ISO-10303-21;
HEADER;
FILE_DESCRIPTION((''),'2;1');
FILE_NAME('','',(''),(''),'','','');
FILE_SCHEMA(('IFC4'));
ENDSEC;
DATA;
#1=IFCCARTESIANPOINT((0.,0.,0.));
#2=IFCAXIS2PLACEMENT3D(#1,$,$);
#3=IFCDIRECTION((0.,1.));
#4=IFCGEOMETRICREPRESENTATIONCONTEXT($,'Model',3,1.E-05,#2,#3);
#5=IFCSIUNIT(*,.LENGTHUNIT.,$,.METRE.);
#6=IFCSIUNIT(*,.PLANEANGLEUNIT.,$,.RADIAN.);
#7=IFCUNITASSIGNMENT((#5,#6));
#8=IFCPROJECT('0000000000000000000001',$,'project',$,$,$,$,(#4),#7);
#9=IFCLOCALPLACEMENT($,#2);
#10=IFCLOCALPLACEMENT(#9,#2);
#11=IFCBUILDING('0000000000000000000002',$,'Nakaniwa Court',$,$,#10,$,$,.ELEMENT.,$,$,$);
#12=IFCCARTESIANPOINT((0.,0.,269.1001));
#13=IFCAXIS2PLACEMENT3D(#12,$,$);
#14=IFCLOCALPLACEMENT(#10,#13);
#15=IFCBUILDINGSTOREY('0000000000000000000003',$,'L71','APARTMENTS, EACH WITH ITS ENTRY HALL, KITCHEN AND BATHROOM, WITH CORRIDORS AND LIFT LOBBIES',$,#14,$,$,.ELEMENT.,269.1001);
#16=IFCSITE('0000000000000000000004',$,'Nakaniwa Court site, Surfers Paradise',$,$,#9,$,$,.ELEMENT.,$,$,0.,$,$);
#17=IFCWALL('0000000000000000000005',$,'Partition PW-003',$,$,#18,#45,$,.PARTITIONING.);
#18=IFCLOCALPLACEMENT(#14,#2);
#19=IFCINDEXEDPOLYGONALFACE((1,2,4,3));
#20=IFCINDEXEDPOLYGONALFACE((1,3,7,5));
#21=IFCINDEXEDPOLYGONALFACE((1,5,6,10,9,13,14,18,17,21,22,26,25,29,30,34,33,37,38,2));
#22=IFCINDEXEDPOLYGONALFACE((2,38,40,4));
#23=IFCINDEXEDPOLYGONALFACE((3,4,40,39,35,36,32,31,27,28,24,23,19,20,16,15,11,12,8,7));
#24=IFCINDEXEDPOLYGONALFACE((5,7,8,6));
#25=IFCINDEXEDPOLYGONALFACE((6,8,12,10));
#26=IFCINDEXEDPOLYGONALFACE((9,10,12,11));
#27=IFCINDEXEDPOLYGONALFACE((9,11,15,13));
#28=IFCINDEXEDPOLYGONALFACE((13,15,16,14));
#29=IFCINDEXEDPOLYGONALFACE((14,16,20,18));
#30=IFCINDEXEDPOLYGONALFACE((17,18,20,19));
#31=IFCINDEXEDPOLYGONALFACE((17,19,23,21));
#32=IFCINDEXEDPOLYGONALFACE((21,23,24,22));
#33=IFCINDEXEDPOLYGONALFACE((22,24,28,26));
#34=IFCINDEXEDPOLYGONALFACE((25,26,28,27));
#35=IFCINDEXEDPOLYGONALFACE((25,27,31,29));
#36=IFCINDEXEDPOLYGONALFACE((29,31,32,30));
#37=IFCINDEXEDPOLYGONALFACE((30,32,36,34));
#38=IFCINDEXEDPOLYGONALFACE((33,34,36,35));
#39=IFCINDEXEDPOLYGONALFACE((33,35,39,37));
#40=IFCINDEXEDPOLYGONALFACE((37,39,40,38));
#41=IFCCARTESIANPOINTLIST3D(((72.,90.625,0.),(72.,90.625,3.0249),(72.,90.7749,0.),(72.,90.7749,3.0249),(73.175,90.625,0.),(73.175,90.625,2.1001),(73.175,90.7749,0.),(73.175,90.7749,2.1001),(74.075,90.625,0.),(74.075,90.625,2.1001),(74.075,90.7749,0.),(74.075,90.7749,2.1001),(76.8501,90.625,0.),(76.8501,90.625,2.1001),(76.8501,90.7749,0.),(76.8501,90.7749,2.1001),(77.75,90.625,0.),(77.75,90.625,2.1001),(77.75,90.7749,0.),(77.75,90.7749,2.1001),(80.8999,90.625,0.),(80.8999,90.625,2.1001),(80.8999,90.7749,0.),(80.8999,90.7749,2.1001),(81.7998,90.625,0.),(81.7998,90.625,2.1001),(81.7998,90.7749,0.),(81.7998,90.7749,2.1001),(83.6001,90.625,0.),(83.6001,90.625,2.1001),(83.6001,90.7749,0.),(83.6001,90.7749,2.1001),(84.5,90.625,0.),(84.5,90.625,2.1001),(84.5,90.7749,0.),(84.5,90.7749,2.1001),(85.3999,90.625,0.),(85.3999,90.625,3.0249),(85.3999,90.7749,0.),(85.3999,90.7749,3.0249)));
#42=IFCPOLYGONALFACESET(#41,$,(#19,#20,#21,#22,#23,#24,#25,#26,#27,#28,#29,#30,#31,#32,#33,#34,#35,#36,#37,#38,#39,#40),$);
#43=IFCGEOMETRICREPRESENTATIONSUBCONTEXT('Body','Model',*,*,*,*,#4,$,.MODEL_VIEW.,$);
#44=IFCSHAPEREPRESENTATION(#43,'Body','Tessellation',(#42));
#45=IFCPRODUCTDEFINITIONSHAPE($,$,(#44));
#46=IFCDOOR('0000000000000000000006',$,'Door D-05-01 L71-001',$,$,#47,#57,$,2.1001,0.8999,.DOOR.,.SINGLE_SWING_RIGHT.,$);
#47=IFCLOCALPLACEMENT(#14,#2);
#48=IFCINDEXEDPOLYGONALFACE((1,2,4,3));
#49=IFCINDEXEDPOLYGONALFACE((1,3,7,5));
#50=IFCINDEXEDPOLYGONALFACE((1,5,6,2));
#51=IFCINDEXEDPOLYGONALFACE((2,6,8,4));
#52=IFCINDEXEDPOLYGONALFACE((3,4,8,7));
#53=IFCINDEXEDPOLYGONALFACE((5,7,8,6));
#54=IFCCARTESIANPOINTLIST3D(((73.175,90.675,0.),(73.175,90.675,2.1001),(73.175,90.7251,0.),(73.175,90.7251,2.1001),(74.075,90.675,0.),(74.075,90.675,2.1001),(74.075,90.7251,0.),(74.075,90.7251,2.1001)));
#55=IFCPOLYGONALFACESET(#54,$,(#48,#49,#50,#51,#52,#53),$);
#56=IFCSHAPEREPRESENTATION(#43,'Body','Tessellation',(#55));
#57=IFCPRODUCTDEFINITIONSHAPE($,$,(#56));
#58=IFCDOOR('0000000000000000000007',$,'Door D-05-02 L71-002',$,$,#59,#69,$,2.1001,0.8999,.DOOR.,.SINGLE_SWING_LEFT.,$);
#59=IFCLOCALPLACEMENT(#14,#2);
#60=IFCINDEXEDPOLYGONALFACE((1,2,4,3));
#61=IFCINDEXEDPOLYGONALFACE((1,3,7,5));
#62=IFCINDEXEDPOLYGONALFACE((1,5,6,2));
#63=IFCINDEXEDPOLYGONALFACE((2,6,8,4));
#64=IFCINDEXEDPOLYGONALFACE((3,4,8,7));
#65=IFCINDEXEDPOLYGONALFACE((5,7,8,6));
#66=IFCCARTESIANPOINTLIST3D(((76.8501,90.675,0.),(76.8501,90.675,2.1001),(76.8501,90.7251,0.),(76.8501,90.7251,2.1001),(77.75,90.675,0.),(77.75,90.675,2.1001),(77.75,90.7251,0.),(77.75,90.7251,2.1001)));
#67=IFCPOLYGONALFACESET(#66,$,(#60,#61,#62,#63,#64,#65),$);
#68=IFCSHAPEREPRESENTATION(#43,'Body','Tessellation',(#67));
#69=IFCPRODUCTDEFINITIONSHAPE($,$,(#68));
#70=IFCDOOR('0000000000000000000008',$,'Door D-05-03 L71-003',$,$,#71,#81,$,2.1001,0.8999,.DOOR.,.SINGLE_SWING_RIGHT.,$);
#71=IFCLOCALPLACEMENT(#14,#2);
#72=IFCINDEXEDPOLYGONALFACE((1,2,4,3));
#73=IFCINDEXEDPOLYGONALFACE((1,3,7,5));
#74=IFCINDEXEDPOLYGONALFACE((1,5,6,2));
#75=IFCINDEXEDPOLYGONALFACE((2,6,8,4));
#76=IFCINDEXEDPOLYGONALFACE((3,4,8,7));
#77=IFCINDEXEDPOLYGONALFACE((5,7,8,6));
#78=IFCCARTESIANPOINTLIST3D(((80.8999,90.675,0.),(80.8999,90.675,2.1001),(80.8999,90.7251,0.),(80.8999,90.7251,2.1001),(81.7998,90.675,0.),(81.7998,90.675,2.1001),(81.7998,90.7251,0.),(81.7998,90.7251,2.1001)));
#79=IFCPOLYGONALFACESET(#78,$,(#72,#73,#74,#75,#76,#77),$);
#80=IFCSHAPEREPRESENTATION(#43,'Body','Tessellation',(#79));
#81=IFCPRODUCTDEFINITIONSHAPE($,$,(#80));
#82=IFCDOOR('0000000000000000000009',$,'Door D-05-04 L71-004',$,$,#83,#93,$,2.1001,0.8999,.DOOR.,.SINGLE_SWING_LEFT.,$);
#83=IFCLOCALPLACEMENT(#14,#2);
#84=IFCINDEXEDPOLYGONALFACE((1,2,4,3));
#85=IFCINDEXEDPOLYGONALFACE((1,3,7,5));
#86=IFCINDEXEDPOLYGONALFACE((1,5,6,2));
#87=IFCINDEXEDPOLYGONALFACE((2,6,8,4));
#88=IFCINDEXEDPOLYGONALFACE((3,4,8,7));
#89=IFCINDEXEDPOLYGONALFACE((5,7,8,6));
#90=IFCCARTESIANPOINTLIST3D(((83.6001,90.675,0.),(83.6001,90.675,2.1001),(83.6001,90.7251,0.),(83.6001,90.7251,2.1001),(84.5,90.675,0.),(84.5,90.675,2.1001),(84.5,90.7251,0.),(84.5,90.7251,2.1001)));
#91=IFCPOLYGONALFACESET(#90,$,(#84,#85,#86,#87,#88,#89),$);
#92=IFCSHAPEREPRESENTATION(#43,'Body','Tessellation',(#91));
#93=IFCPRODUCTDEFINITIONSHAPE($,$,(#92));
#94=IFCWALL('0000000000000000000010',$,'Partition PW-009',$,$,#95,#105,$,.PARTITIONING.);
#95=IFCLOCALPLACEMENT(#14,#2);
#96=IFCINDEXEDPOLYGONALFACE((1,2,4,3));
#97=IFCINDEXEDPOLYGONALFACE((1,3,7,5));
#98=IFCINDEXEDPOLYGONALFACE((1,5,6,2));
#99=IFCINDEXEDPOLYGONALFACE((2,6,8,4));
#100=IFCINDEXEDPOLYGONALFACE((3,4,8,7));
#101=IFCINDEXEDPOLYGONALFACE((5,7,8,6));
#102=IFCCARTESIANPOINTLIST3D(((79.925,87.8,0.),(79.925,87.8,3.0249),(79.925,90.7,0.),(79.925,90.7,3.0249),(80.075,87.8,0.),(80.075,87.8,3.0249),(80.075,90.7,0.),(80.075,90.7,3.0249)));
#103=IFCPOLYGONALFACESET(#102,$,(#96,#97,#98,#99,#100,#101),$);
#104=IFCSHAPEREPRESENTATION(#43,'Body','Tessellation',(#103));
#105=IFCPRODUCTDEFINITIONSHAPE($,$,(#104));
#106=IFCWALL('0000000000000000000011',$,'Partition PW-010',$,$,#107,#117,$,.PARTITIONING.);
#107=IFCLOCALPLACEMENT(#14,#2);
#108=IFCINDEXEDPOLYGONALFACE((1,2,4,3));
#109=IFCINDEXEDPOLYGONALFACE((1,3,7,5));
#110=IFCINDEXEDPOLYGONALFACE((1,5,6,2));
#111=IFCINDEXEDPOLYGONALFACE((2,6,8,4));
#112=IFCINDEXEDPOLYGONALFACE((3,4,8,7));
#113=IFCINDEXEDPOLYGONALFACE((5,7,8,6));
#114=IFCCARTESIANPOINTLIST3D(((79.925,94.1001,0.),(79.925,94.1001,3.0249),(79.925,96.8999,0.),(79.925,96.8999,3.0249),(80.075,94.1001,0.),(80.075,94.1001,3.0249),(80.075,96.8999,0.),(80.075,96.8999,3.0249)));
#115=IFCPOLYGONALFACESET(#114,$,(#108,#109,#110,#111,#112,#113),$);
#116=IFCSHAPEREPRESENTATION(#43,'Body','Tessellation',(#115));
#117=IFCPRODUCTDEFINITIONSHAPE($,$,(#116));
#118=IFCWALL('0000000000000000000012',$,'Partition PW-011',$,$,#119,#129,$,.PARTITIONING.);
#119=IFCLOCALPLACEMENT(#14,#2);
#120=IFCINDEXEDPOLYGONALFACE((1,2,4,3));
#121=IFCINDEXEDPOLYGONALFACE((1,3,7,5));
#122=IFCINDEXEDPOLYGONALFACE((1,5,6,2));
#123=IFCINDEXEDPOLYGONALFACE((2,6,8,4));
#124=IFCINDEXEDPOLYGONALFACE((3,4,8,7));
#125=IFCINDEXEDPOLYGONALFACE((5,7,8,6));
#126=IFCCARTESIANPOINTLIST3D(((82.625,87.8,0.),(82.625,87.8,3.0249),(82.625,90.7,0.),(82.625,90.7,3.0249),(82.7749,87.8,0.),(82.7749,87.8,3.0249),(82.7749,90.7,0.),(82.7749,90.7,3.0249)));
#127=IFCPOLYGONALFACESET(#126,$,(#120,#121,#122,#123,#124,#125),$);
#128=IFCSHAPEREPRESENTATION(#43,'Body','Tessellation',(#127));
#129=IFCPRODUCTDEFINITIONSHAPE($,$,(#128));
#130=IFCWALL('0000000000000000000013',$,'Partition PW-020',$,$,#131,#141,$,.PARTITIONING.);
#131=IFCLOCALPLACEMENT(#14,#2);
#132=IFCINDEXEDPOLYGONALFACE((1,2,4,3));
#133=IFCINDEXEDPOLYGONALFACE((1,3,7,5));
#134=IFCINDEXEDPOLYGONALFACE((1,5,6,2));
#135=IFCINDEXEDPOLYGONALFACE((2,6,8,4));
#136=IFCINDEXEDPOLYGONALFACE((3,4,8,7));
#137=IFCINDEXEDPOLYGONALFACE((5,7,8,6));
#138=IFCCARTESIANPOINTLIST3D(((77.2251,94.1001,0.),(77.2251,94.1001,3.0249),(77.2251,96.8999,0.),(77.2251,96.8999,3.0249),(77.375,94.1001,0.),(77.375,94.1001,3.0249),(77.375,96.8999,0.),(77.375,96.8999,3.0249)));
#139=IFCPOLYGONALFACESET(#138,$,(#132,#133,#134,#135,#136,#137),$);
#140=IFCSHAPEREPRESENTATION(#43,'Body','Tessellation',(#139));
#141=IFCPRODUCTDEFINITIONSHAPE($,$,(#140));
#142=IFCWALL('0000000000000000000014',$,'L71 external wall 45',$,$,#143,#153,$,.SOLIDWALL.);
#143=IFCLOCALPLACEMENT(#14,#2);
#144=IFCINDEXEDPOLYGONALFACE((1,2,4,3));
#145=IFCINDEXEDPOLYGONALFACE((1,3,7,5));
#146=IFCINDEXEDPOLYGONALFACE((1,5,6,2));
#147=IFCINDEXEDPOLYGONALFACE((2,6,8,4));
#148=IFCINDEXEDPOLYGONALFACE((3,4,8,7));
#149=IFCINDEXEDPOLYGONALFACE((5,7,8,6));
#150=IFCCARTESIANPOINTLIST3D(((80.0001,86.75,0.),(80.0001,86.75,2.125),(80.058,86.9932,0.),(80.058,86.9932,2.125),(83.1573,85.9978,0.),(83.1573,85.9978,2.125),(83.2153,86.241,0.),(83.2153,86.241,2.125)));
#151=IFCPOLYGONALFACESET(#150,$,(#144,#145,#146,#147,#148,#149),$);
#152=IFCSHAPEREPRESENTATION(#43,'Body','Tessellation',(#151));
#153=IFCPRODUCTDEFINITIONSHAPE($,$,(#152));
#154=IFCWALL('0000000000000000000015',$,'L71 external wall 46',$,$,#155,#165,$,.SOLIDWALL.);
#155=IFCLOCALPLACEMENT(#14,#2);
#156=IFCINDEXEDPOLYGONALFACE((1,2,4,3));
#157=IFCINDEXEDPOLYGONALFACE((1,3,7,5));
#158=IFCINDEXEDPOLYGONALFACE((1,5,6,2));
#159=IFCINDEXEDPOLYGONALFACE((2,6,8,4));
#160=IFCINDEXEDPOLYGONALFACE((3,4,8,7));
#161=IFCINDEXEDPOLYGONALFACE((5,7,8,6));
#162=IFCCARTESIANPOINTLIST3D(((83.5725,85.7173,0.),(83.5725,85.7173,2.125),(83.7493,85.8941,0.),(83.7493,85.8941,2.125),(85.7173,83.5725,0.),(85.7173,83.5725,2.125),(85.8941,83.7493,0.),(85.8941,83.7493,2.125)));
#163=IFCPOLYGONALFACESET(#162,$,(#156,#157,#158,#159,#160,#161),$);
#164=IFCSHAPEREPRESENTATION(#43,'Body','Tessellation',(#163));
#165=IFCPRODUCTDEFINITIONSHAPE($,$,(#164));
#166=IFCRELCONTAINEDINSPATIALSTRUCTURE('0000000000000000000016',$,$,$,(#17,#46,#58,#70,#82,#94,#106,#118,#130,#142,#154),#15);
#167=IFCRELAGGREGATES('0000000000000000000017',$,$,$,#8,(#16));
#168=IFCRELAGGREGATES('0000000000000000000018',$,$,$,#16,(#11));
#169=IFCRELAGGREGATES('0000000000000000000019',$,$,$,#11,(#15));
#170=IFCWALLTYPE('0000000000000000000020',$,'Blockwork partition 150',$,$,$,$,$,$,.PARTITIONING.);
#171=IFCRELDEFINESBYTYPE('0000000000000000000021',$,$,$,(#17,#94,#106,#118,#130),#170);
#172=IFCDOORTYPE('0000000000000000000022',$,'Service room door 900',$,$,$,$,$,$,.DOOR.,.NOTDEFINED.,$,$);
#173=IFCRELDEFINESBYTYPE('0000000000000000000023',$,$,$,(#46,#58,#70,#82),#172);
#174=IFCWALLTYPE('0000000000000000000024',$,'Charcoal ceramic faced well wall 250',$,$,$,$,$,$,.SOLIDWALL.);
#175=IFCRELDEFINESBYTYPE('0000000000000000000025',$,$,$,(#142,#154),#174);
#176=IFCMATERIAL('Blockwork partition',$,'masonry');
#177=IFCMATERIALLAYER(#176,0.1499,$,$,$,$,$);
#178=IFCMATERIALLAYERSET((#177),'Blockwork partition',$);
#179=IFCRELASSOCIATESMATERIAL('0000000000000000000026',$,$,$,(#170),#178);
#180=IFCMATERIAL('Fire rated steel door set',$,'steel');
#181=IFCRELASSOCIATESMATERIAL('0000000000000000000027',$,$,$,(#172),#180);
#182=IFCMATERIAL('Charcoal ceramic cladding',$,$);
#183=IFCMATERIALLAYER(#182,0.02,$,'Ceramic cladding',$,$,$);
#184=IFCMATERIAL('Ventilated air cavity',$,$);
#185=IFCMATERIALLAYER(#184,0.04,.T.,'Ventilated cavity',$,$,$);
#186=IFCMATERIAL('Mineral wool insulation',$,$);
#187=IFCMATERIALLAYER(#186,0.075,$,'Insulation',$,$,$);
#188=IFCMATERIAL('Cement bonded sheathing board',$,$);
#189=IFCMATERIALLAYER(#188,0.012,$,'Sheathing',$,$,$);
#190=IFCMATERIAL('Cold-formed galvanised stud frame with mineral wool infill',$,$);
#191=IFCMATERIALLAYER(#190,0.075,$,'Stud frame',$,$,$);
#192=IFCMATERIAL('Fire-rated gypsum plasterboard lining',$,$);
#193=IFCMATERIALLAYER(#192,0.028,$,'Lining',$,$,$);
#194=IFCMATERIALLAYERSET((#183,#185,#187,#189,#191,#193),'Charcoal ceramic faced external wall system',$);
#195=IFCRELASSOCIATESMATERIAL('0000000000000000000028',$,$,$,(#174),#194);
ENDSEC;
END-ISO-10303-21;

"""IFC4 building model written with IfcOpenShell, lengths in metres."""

from ifc_helpers import new_model, si_unit, direction, frame, frame_2d, origin, place, context, subcontext, project, spatial, rectangle, extrude, material, layer, layer_set, type_object, element, fill, save


model = new_model("IFC4")

# Units and contexts
model_context = context("Model", 3, precision=1e-05, world=origin(), true_north=direction((0.0, 1.0)))
body_context = subcontext(model_context, "Body", "Model", "MODEL_VIEW")
ifc_project = project(units=[si_unit("LENGTHUNIT", "METRE"), si_unit("PLANEANGLEUNIT", "RADIAN")], contexts=[model_context])

# Site, building, storey
site_placement = place(None, origin())
site = spatial("IfcSite", under=ifc_project, at=site_placement, Name="Nakaniwa Court site, Surfers Paradise", CompositionType="ELEMENT", RefElevation=0.0)
building_placement = place(site_placement, origin())
building = spatial("IfcBuilding", under=site, at=building_placement, Name="Nakaniwa Court", CompositionType="ELEMENT")
storey_placement = place(building_placement, frame((0.0, 0.0, 269.1001)))
storey = spatial("IfcBuildingStorey", under=building, at=storey_placement, Name="L71", Description="APARTMENTS, EACH WITH ITS ENTRY HALL, KITCHEN AND BATHROOM, WITH CORRIDORS AND LIFT LOBBIES", CompositionType="ELEMENT", Elevation=269.1001)

# Wall, openings, doors
ifc_material_1 = material(Name="Blockwork partition", Category="masonry")
ifc_layer_1 = layer(ifc_material_1, 0.1499)
ifc_layer_set_1 = layer_set([ifc_layer_1], Name="Blockwork partition")
wall_type_1 = type_object("IfcWallType", Name="Blockwork partition 150", PredefinedType="PARTITIONING", material=ifc_layer_set_1)
wall_1_placement = place(storey_placement, frame((85.3999, 90.7, 0.0), z_axis=(0.0, 0.0, 1.0), x_axis=(-1.0, 0.0, 0.0)))
wall_1 = element("IfcWall", 1, at=wall_1_placement, inside=storey, type_object=wall_type_1, Name="Partition PW-003", PredefinedType="PARTITIONING", context=body_context, shape_type="SweptSolid", body=[
    extrude(rectangle(XDim=13.3999, YDim=0.1499, at=frame_2d((6.7, 0.0))), origin(), (0.0, 0.0, 1.0), 3.0249),
])
opening_1_placement = place(wall_1_placement, frame((11.325, 0.0, 0.0)))
opening_1 = element("IfcOpeningElement", 2, at=opening_1_placement, cuts=wall_1, PredefinedType="OPENING", context=body_context, shape_type="SweptSolid", body=[
    extrude(rectangle(XDim=0.8999, YDim=2.1001, at=frame_2d((0.45, 1.05))), frame((0.0, 0.085, 0.0), z_axis=(0.0, -1.0, 0.0), x_axis=(1.0, 0.0, 0.0)), (0.0, 0.0, 1.0), 0.1699),
])
opening_2_placement = place(wall_1_placement, frame((7.6499, 0.0, 0.0)))
opening_2 = element("IfcOpeningElement", 3, at=opening_2_placement, cuts=wall_1, PredefinedType="OPENING", context=body_context, shape_type="SweptSolid", body=[
    extrude(rectangle(XDim=0.8999, YDim=2.1001, at=frame_2d((0.45, 1.05))), frame((0.0, 0.085, 0.0), z_axis=(0.0, -1.0, 0.0), x_axis=(1.0, 0.0, 0.0)), (0.0, 0.0, 1.0), 0.1699),
])
opening_3_placement = place(wall_1_placement, frame((3.6001, 0.0, 0.0)))
opening_3 = element("IfcOpeningElement", 4, at=opening_3_placement, cuts=wall_1, PredefinedType="OPENING", context=body_context, shape_type="SweptSolid", body=[
    extrude(rectangle(XDim=0.8999, YDim=2.1001, at=frame_2d((0.45, 1.05))), frame((0.0, 0.085, 0.0), z_axis=(0.0, -1.0, 0.0), x_axis=(1.0, 0.0, 0.0)), (0.0, 0.0, 1.0), 0.1699),
])
opening_4_placement = place(wall_1_placement, frame((0.8999, 0.0, 0.0)))
opening_4 = element("IfcOpeningElement", 5, at=opening_4_placement, cuts=wall_1, PredefinedType="OPENING", context=body_context, shape_type="SweptSolid", body=[
    extrude(rectangle(XDim=0.8999, YDim=2.1001, at=frame_2d((0.45, 1.05))), frame((0.0, 0.085, 0.0), z_axis=(0.0, -1.0, 0.0), x_axis=(1.0, 0.0, 0.0)), (0.0, 0.0, 1.0), 0.1699),
])
ifc_material_2 = material(Name="Fire rated steel door set", Category="steel")
door_type_1 = type_object("IfcDoorType", Name="Service room door 900", OperationType="NOTDEFINED", PredefinedType="DOOR", material=ifc_material_2)
door_1_placement = place(opening_1_placement, origin())
door_1 = element("IfcDoor", 6, at=door_1_placement, inside=storey, type_object=door_type_1, Name="Door D-05-01 L71-001", OperationType="SINGLE_SWING_RIGHT", OverallHeight=2.1001, OverallWidth=0.8999, PredefinedType="DOOR", context=body_context, shape_type="SweptSolid", body=[
    extrude(rectangle(XDim=0.8999, YDim=2.1001, at=frame_2d((0.45, 1.05))), frame((0.0, 0.0249, 0.0), z_axis=(0.0, -1.0, 0.0), x_axis=(1.0, 0.0, 0.0)), (0.0, 0.0, 1.0), 0.05),
])
fill(opening_1, door_1)
door_2_placement = place(opening_2_placement, origin())
door_2 = element("IfcDoor", 7, at=door_2_placement, inside=storey, type_object=door_type_1, Name="Door D-05-02 L71-002", OperationType="SINGLE_SWING_LEFT", OverallHeight=2.1001, OverallWidth=0.8999, PredefinedType="DOOR", context=body_context, shape_type="SweptSolid", body=[
    extrude(rectangle(XDim=0.8999, YDim=2.1001, at=frame_2d((0.45, 1.05))), frame((0.0, 0.0249, 0.0), z_axis=(0.0, -1.0, 0.0), x_axis=(1.0, 0.0, 0.0)), (0.0, 0.0, 1.0), 0.05),
])
fill(opening_2, door_2)
door_3_placement = place(opening_3_placement, origin())
door_3 = element("IfcDoor", 8, at=door_3_placement, inside=storey, type_object=door_type_1, Name="Door D-05-03 L71-003", OperationType="SINGLE_SWING_RIGHT", OverallHeight=2.1001, OverallWidth=0.8999, PredefinedType="DOOR", context=body_context, shape_type="SweptSolid", body=[
    extrude(rectangle(XDim=0.8999, YDim=2.1001, at=frame_2d((0.45, 1.05))), frame((0.0, 0.0249, 0.0), z_axis=(0.0, -1.0, 0.0), x_axis=(1.0, 0.0, 0.0)), (0.0, 0.0, 1.0), 0.05),
])
fill(opening_3, door_3)
door_4_placement = place(opening_4_placement, origin())
door_4 = element("IfcDoor", 9, at=door_4_placement, inside=storey, type_object=door_type_1, Name="Door D-05-04 L71-004", OperationType="SINGLE_SWING_LEFT", OverallHeight=2.1001, OverallWidth=0.8999, PredefinedType="DOOR", context=body_context, shape_type="SweptSolid", body=[
    extrude(rectangle(XDim=0.8999, YDim=2.1001, at=frame_2d((0.45, 1.05))), frame((0.0, 0.0249, 0.0), z_axis=(0.0, -1.0, 0.0), x_axis=(1.0, 0.0, 0.0)), (0.0, 0.0, 1.0), 0.05),
])
fill(opening_4, door_4)

# Walls
wall_2_placement = place(storey_placement, frame((80.0, 87.8, 0.0), z_axis=(0.0, 0.0, 1.0), x_axis=(0.0, 1.0, 0.0)))
element("IfcWall", 10, at=wall_2_placement, inside=storey, type_object=wall_type_1, Name="Partition PW-009", PredefinedType="PARTITIONING", context=body_context, shape_type="SweptSolid", body=[
    extrude(rectangle(XDim=2.8999, YDim=0.1499, at=frame_2d((1.45, 0.0))), origin(), (0.0, 0.0, 1.0), 3.0249),
])
wall_3_placement = place(storey_placement, frame((80.0, 94.1001, 0.0), z_axis=(0.0, 0.0, 1.0), x_axis=(0.0, 1.0, 0.0)))
element("IfcWall", 11, at=wall_3_placement, inside=storey, type_object=wall_type_1, Name="Partition PW-010", PredefinedType="PARTITIONING", context=body_context, shape_type="SweptSolid", body=[
    extrude(rectangle(XDim=2.7998, YDim=0.1499, at=frame_2d((1.3999, 0.0))), origin(), (0.0, 0.0, 1.0), 3.0249),
])
wall_4_placement = place(storey_placement, frame((82.7, 87.8, 0.0), z_axis=(0.0, 0.0, 1.0), x_axis=(0.0, 1.0, 0.0)))
element("IfcWall", 12, at=wall_4_placement, inside=storey, type_object=wall_type_1, Name="Partition PW-011", PredefinedType="PARTITIONING", context=body_context, shape_type="SweptSolid", body=[
    extrude(rectangle(XDim=2.8999, YDim=0.1499, at=frame_2d((1.45, 0.0))), origin(), (0.0, 0.0, 1.0), 3.0249),
])
wall_5_placement = place(storey_placement, frame((77.3, 94.1001, 0.0), z_axis=(0.0, 0.0, 1.0), x_axis=(0.0, 1.0, 0.0)))
element("IfcWall", 13, at=wall_5_placement, inside=storey, type_object=wall_type_1, Name="Partition PW-020", PredefinedType="PARTITIONING", context=body_context, shape_type="SweptSolid", body=[
    extrude(rectangle(XDim=2.7998, YDim=0.1499, at=frame_2d((1.3999, 0.0))), origin(), (0.0, 0.0, 1.0), 3.0249),
])
ifc_material_3 = material(Name="Charcoal ceramic cladding")
ifc_layer_2 = layer(ifc_material_3, 0.02, Name="Ceramic cladding")
ifc_material_4 = material(Name="Ventilated air cavity")
ifc_layer_3 = layer(ifc_material_4, 0.04, ventilated=True, Name="Ventilated cavity")
ifc_material_5 = material(Name="Mineral wool insulation")
ifc_layer_4 = layer(ifc_material_5, 0.075, Name="Insulation")
ifc_material_6 = material(Name="Cement bonded sheathing board")
ifc_layer_5 = layer(ifc_material_6, 0.012, Name="Sheathing")
ifc_material_7 = material(Name="Cold-formed galvanised stud frame with mineral wool infill")
ifc_layer_6 = layer(ifc_material_7, 0.075, Name="Stud frame")
ifc_material_8 = material(Name="Fire-rated gypsum plasterboard lining")
ifc_layer_7 = layer(ifc_material_8, 0.028, Name="Lining")
ifc_layer_set_2 = layer_set([ifc_layer_2, ifc_layer_3, ifc_layer_4, ifc_layer_5, ifc_layer_6, ifc_layer_7], Name="Charcoal ceramic faced external wall system")
wall_type_2 = type_object("IfcWallType", Name="Charcoal ceramic faced well wall 250", PredefinedType="SOLIDWALL", material=ifc_layer_set_2)
wall_6_placement = place(storey_placement, frame((80.0291, 86.8716, 0.0), z_axis=(0.0, 0.0, 1.0), x_axis=(0.972773, -0.23176, 0.0)))
element("IfcWall", 14, at=wall_6_placement, inside=storey, type_object=wall_type_2, Name="L71 external wall 45", PredefinedType="SOLIDWALL", context=body_context, shape_type="SweptSolid", body=[
    extrude(rectangle(XDim=3.2456, YDim=0.25, at=frame_2d((1.6228, 0.0))), origin(), (0.0, 0.0, 1.0), 2.125),
])
wall_7_placement = place(storey_placement, frame((83.6609, 85.8057, 0.0), z_axis=(0.0, 0.0, 1.0), x_axis=(0.707107, -0.707107, 0.0)))
element("IfcWall", 15, at=wall_7_placement, inside=storey, type_object=wall_type_2, Name="L71 external wall 46", PredefinedType="SOLIDWALL", context=body_context, shape_type="SweptSolid", body=[
    extrude(rectangle(XDim=3.0332, YDim=0.25, at=frame_2d((1.5166, 0.0))), origin(), (0.0, 0.0, 1.0), 2.125),
])

save(model, "model.ifc")
